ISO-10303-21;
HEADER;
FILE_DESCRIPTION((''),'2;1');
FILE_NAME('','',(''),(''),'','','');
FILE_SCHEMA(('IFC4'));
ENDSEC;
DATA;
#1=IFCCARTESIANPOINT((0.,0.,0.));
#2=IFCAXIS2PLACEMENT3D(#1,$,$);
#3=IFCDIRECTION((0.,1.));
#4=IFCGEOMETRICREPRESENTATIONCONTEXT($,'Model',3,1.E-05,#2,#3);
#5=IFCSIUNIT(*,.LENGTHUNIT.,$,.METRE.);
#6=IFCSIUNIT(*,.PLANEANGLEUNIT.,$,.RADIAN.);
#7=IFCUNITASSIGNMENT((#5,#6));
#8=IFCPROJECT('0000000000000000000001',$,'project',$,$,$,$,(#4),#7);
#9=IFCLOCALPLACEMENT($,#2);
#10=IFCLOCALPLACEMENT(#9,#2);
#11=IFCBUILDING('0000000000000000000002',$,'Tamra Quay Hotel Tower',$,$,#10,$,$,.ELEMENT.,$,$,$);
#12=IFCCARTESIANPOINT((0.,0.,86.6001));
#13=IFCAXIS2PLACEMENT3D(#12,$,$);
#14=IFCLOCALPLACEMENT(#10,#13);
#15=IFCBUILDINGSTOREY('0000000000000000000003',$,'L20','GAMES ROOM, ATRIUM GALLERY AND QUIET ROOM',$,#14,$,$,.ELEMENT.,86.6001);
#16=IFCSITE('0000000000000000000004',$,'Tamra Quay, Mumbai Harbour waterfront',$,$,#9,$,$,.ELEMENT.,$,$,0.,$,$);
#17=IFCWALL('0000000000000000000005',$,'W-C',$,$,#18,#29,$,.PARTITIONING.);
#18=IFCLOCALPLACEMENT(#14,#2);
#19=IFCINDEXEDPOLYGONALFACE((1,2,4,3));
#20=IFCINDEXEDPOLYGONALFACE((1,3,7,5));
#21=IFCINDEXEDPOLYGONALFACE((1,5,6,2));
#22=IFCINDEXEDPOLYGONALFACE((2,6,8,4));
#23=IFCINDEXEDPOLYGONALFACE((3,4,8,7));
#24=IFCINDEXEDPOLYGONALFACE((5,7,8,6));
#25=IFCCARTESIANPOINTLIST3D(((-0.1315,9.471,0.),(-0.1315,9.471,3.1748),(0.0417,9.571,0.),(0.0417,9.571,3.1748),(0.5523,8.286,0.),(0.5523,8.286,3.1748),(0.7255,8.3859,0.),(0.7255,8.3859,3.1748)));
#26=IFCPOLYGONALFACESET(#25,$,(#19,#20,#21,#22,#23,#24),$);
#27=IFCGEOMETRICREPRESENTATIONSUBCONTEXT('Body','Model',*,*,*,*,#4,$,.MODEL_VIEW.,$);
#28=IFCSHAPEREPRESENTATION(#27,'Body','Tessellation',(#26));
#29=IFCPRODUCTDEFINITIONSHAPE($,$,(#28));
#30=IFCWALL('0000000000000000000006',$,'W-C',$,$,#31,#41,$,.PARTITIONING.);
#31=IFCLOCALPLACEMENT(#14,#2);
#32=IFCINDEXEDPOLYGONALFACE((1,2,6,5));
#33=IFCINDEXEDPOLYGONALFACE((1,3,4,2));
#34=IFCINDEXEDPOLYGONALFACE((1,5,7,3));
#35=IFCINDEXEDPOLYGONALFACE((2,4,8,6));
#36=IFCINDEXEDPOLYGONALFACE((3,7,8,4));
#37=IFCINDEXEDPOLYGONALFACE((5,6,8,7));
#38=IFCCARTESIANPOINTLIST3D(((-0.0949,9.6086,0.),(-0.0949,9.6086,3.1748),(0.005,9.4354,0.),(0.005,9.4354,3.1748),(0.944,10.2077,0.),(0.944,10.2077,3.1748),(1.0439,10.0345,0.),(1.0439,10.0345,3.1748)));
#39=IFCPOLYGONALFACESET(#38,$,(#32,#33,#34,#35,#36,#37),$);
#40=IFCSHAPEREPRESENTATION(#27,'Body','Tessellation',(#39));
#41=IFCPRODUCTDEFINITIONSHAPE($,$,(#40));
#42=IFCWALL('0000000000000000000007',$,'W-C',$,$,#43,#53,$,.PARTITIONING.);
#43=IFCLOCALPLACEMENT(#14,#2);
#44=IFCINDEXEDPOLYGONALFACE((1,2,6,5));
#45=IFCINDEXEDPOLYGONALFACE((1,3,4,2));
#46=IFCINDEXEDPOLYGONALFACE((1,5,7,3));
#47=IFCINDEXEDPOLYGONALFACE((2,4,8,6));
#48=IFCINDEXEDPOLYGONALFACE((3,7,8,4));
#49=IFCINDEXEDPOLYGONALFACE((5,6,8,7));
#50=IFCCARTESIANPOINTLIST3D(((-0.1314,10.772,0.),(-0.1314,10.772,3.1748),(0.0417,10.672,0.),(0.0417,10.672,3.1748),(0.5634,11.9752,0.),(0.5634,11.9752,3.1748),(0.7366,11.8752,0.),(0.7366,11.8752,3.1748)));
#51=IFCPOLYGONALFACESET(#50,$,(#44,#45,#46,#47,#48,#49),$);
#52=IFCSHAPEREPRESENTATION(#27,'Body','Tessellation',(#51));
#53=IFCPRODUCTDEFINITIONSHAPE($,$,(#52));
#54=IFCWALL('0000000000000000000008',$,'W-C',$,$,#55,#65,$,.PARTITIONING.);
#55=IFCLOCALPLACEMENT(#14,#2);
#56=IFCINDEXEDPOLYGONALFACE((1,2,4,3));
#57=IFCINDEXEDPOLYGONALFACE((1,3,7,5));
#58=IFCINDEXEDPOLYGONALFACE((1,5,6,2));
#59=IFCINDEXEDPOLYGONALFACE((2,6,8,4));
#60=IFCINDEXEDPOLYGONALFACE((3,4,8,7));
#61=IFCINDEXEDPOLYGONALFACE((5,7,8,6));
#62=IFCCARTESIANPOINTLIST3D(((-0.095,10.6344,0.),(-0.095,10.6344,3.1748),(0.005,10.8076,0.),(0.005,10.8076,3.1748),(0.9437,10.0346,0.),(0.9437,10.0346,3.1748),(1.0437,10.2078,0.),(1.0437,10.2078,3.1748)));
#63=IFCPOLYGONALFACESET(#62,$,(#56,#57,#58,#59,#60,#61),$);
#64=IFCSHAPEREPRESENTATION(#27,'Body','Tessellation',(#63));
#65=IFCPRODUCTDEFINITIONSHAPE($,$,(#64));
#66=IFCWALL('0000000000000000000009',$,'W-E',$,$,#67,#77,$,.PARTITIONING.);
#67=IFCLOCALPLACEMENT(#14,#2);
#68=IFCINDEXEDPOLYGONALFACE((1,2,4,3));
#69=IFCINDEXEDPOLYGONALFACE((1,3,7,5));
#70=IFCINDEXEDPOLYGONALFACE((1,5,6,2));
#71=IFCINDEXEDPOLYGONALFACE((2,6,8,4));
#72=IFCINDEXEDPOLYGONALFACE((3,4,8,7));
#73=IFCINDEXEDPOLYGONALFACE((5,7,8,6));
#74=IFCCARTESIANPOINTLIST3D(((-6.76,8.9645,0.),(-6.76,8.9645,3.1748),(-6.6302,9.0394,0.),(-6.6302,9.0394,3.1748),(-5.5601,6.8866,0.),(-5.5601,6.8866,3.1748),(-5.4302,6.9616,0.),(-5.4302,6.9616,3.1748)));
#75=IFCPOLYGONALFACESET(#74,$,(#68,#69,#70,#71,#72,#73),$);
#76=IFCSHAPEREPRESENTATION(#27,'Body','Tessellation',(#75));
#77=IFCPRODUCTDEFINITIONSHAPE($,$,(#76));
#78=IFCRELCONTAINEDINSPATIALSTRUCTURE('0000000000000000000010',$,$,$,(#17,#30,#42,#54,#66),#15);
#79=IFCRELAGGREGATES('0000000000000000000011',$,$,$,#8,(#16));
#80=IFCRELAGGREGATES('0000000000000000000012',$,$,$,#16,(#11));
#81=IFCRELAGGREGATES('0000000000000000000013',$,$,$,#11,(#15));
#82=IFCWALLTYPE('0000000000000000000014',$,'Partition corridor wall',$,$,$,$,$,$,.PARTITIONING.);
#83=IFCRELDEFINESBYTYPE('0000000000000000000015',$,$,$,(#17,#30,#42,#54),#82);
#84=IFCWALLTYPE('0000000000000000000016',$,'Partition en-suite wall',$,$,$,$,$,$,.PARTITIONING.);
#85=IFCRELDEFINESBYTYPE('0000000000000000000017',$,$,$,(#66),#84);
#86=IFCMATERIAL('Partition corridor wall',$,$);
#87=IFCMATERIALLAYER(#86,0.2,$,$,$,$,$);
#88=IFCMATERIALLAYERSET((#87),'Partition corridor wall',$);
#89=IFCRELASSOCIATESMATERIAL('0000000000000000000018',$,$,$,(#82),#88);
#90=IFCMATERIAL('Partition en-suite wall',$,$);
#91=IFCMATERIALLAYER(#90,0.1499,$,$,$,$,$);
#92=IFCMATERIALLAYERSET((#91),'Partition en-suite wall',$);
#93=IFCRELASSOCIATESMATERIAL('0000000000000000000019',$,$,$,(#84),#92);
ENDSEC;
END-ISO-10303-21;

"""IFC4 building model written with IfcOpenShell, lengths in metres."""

from ifc_helpers import new_model, si_unit, direction, frame, frame_2d, origin, place, context, subcontext, project, spatial, rectangle, extrude, material, layer, layer_set, type_object, element, save


model = new_model("IFC4")

# Units and contexts
model_context = context("Model", 3, precision=1e-05, world=origin(), true_north=direction((0.0, 1.0)))
body_context = subcontext(model_context, "Body", "Model", "MODEL_VIEW")
ifc_project = project(units=[si_unit("LENGTHUNIT", "METRE"), si_unit("PLANEANGLEUNIT", "RADIAN")], contexts=[model_context])

# Site, building, storey
site_placement = place(None, origin())
site = spatial("IfcSite", under=ifc_project, at=site_placement, Name="Tamra Quay, Mumbai Harbour waterfront", CompositionType="ELEMENT", RefElevation=0.0)
building_placement = place(site_placement, origin())
building = spatial("IfcBuilding", under=site, at=building_placement, Name="Tamra Quay Hotel Tower", CompositionType="ELEMENT")
storey_placement = place(building_placement, frame((0.0, 0.0, 86.6001)))
storey = spatial("IfcBuildingStorey", under=building, at=storey_placement, Name="L20", Description="GAMES ROOM, ATRIUM GALLERY AND QUIET ROOM", CompositionType="ELEMENT", Elevation=86.6001)

# Shared definitions
ifc_material_1 = material(Name="Partition corridor wall")
ifc_layer_1 = layer(ifc_material_1, 0.2)
ifc_layer_set_1 = layer_set([ifc_layer_1], Name="Partition corridor wall")
wall_type_1 = type_object("IfcWallType", Name="Partition corridor wall", PredefinedType="PARTITIONING", material=ifc_layer_set_1)

# Walls
wall_1_placement = place(storey_placement, frame((-0.0449, 9.521, 0.0), z_axis=(0.0, 0.0, 1.0), x_axis=(0.499805, -0.866138, 0.0)))
element("IfcWall", 1, at=wall_1_placement, inside=storey, type_object=wall_type_1, Name="W-C", PredefinedType="PARTITIONING", context=body_context, shape_type="SweptSolid", body=[
    extrude(rectangle(XDim=1.3682, YDim=0.2, at=frame_2d((0.6841, 0.0))), origin(), (0.0, 0.0, 1.0), 3.1748),
])
wall_2_placement = place(storey_placement, frame((-0.0449, 9.522, 0.0), z_axis=(0.0, 0.0, 1.0), x_axis=(0.866257, 0.499599, 0.0)))
element("IfcWall", 2, at=wall_2_placement, inside=storey, type_object=wall_type_1, Name="W-C", PredefinedType="PARTITIONING", context=body_context, shape_type="SweptSolid", body=[
    extrude(rectangle(XDim=1.1992, YDim=0.2, at=frame_2d((0.5996, 0.0))), origin(), (0.0, 0.0, 1.0), 3.1748),
])
wall_3_placement = place(storey_placement, frame((-0.0449, 10.7219, 0.0), z_axis=(0.0, 0.0, 1.0), x_axis=(0.500108, 0.865963, 0.0)))
element("IfcWall", 3, at=wall_3_placement, inside=storey, type_object=wall_type_1, Name="W-C", PredefinedType="PARTITIONING", context=body_context, shape_type="SweptSolid", body=[
    extrude(rectangle(XDim=1.3894, YDim=0.2, at=frame_2d((0.6948, 0.0))), origin(), (0.0, 0.0, 1.0), 3.1748),
])
wall_4_placement = place(storey_placement, frame((-0.0449, 10.7209, 0.0), z_axis=(0.0, 0.0, 1.0), x_axis=(0.865992, -0.500057, 0.0)))
element("IfcWall", 4, at=wall_4_placement, inside=storey, type_object=wall_type_1, Name="W-C", PredefinedType="PARTITIONING", context=body_context, shape_type="SweptSolid", body=[
    extrude(rectangle(XDim=1.1995, YDim=0.2, at=frame_2d((0.5996, 0.0))), origin(), (0.0, 0.0, 1.0), 3.1748),
])
ifc_material_2 = material(Name="Partition en-suite wall")
ifc_layer_2 = layer(ifc_material_2, 0.1499)
ifc_layer_set_2 = layer_set([ifc_layer_2], Name="Partition en-suite wall")
wall_type_2 = type_object("IfcWallType", Name="Partition en-suite wall", PredefinedType="PARTITIONING", material=ifc_layer_set_2)
wall_5_placement = place(storey_placement, frame((-6.6951, 9.002, 0.0), z_axis=(0.0, 0.0, 1.0), x_axis=(0.500089, -0.865974, 0.0)))
element("IfcWall", 5, at=wall_5_placement, inside=storey, type_object=wall_type_2, Name="W-E", PredefinedType="PARTITIONING", context=body_context, shape_type="SweptSolid", body=[
    extrude(rectangle(XDim=2.3994, YDim=0.1499, at=frame_2d((1.1997, 0.0))), origin(), (0.0, 0.0, 1.0), 3.1748),
])

save(model, "model.ifc")
